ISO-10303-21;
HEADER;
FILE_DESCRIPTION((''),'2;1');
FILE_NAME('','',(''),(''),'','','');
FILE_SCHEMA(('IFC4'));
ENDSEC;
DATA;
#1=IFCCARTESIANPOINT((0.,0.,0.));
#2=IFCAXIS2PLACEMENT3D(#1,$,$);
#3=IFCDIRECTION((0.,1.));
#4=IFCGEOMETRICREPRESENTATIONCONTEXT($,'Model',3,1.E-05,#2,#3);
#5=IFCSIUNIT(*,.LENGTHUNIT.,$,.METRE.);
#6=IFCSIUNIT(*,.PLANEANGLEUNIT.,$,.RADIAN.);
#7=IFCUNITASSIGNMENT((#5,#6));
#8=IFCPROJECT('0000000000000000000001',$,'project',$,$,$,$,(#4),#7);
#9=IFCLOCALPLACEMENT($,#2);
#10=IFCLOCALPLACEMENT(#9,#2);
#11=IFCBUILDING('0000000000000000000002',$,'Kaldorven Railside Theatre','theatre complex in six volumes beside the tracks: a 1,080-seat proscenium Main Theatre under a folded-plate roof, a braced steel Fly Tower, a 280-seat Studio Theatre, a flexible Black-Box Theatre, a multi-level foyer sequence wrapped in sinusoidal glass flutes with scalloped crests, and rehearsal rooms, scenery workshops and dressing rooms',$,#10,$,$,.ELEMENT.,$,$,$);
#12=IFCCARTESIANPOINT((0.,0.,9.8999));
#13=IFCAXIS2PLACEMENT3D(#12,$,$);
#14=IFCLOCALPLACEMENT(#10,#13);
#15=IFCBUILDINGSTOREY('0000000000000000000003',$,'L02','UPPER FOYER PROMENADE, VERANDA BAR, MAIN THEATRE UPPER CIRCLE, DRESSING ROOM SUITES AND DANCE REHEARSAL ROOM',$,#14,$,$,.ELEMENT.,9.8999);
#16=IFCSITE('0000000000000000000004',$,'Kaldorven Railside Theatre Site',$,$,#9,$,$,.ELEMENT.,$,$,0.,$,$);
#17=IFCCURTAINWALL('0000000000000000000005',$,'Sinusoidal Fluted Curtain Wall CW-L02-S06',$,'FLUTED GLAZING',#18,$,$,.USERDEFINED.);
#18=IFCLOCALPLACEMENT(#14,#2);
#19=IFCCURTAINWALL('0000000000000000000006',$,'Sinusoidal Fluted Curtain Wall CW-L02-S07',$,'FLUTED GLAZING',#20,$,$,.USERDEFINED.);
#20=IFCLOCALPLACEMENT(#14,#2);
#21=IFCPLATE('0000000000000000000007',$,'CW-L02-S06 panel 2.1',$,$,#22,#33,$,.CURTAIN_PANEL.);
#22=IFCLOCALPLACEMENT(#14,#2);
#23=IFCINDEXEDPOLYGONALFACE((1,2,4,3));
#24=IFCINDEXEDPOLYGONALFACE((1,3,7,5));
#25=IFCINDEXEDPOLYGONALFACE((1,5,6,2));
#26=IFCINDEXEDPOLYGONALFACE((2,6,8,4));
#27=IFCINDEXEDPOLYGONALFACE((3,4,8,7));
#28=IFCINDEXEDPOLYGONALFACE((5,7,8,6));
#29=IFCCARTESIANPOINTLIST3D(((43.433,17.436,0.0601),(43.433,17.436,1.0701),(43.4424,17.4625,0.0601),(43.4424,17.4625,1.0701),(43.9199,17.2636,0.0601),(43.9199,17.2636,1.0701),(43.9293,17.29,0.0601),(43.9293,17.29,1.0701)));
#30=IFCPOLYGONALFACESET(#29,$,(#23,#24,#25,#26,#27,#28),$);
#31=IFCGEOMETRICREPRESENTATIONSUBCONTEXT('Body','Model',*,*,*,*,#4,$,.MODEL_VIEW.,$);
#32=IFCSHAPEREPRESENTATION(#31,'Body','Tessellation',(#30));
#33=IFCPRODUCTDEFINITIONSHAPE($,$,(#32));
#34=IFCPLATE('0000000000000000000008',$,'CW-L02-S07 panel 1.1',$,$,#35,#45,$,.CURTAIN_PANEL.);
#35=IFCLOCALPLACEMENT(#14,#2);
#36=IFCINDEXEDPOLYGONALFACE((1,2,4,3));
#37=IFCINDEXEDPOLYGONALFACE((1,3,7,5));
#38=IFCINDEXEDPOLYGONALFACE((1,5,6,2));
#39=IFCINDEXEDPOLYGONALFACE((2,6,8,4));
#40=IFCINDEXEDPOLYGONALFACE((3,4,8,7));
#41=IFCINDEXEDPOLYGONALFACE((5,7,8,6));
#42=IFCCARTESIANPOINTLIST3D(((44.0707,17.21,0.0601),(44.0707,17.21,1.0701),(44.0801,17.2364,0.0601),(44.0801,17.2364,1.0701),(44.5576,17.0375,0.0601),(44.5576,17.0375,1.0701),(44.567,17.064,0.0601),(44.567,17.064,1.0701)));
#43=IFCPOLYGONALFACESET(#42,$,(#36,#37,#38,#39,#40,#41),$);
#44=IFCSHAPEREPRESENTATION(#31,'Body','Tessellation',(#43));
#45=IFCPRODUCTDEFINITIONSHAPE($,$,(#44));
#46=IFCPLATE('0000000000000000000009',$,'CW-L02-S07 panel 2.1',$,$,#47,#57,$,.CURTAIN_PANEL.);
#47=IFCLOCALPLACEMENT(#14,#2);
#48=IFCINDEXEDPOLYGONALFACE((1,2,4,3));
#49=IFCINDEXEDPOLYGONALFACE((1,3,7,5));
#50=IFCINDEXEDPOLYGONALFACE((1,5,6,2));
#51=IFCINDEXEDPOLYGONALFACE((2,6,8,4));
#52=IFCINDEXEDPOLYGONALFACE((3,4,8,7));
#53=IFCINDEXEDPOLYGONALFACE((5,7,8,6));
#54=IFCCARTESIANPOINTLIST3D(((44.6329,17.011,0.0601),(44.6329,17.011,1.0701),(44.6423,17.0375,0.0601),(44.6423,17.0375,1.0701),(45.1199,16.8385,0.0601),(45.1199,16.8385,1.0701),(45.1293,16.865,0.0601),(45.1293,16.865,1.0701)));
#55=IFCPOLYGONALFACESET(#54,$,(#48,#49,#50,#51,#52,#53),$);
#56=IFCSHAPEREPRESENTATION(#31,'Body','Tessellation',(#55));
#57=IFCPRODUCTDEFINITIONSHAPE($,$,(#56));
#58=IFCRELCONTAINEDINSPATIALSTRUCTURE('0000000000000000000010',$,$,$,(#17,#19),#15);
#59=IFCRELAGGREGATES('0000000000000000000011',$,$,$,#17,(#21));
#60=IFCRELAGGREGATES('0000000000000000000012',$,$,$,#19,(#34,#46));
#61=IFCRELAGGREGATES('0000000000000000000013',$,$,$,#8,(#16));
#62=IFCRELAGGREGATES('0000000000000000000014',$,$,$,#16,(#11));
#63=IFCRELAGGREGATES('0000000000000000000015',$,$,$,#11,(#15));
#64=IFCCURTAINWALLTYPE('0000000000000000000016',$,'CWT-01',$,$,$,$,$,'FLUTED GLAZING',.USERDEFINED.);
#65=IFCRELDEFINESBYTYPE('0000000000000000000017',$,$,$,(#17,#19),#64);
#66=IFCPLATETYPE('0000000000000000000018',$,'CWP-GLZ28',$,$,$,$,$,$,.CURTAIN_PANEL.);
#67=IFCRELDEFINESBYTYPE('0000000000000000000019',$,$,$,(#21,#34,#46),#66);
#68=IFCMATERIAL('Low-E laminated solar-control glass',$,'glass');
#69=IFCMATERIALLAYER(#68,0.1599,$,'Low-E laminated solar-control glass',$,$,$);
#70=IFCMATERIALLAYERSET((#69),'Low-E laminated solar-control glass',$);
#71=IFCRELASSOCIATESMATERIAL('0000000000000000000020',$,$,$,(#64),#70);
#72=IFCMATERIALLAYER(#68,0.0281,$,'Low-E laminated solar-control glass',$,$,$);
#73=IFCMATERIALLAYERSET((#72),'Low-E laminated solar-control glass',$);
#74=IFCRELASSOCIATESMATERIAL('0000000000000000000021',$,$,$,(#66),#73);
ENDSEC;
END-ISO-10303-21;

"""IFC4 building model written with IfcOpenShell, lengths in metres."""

from ifc_helpers import new_model, si_unit, direction, frame, origin, origin_2d, place, context, subcontext, project, spatial, rectangle, extrude, material, layer, layer_set, type_object, element, aggregate, save


model = new_model("IFC4")

# Units and contexts
model_context = context("Model", 3, precision=1e-05, world=origin(), true_north=direction((0.0, 1.0)))
body_context = subcontext(model_context, "Body", "Model", "MODEL_VIEW")
ifc_project = project(units=[si_unit("LENGTHUNIT", "METRE"), si_unit("PLANEANGLEUNIT", "RADIAN")], contexts=[model_context])

# Site, building, storey
site_placement = place(None, origin())
site = spatial("IfcSite", under=ifc_project, at=site_placement, Name="Kaldorven Railside Theatre Site", CompositionType="ELEMENT", RefElevation=0.0)
building_placement = place(site_placement, origin())
building = spatial("IfcBuilding", under=site, at=building_placement, Name="Kaldorven Railside Theatre", Description="theatre complex in six volumes beside the tracks: a 1,080-seat proscenium Main Theatre under a folded-plate roof, a braced steel Fly Tower, a 280-seat Studio Theatre, a flexible Black-Box Theatre, a multi-level foyer sequence wrapped in sinusoidal glass flutes with scalloped crests, and rehearsal rooms, scenery workshops and dressing rooms", CompositionType="ELEMENT")
storey_placement = place(building_placement, frame((0.0, 0.0, 9.8999)))
storey = spatial("IfcBuildingStorey", under=building, at=storey_placement, Name="L02", Description="UPPER FOYER PROMENADE, VERANDA BAR, MAIN THEATRE UPPER CIRCLE, DRESSING ROOM SUITES AND DANCE REHEARSAL ROOM", CompositionType="ELEMENT", Elevation=9.8999)

# Curtain walls
ifc_material_1 = material(Name="Low-E laminated solar-control glass", Category="glass")
ifc_layer_1 = layer(ifc_material_1, 0.1599, Name="Low-E laminated solar-control glass")
ifc_layer_set_1 = layer_set([ifc_layer_1], Name="Low-E laminated solar-control glass")
curtain_wall_type_1 = type_object("IfcCurtainWallType", Name="CWT-01", ElementType="FLUTED GLAZING", PredefinedType="USERDEFINED", material=ifc_layer_set_1)
curtain_wall_1_placement = place(storey_placement, origin())
curtain_wall_1 = element("IfcCurtainWall", 1, at=curtain_wall_1_placement, inside=storey, type_object=curtain_wall_type_1, Name="Sinusoidal Fluted Curtain Wall CW-L02-S06", ObjectType="FLUTED GLAZING", PredefinedType="USERDEFINED")
curtain_wall_2_placement = place(storey_placement, origin())
curtain_wall_2 = element("IfcCurtainWall", 2, at=curtain_wall_2_placement, inside=storey, type_object=curtain_wall_type_1, Name="Sinusoidal Fluted Curtain Wall CW-L02-S07", ObjectType="FLUTED GLAZING", PredefinedType="USERDEFINED")

# Plates
ifc_layer_2 = layer(ifc_material_1, 0.0281, Name="Low-E laminated solar-control glass")
ifc_layer_set_2 = layer_set([ifc_layer_2], Name="Low-E laminated solar-control glass")
plate_type = type_object("IfcPlateType", Name="CWP-GLZ28", PredefinedType="CURTAIN_PANEL", material=ifc_layer_set_2)
plate_1_placement = place(storey_placement, frame((43.6812, 17.363, 0.0601), z_axis=(0.0, 0.0, 1.0), x_axis=(0.942627, -0.333847, 0.0)))
plate_1 = element("IfcPlate", 3, at=plate_1_placement, type_object=plate_type, Name="CW-L02-S06 panel 2.1", PredefinedType="CURTAIN_PANEL", context=body_context, shape_type="SweptSolid", body=[
    extrude(rectangle(XDim=0.5166, YDim=0.0281, at=origin_2d()), origin(), (0.0, 0.0, 1.0), 1.01),
])
aggregate(curtain_wall_1, [plate_1])
plate_2_placement = place(storey_placement, frame((44.3188, 17.137, 0.0601), z_axis=(0.0, 0.0, 1.0), x_axis=(0.942627, -0.333847, 0.0)))
plate_2 = element("IfcPlate", 4, at=plate_2_placement, type_object=plate_type, Name="CW-L02-S07 panel 1.1", PredefinedType="CURTAIN_PANEL", context=body_context, shape_type="SweptSolid", body=[
    extrude(rectangle(XDim=0.5166, YDim=0.0281, at=origin_2d()), origin(), (0.0, 0.0, 1.0), 1.01),
])
plate_3_placement = place(storey_placement, frame((44.8811, 16.938, 0.0601), z_axis=(0.0, 0.0, 1.0), x_axis=(0.942627, -0.333847, 0.0)))
plate_3 = element("IfcPlate", 5, at=plate_3_placement, type_object=plate_type, Name="CW-L02-S07 panel 2.1", PredefinedType="CURTAIN_PANEL", context=body_context, shape_type="SweptSolid", body=[
    extrude(rectangle(XDim=0.5166, YDim=0.0281, at=origin_2d()), origin(), (0.0, 0.0, 1.0), 1.01),
])
aggregate(curtain_wall_2, [plate_2, plate_3])

save(model, "model.ifc")
